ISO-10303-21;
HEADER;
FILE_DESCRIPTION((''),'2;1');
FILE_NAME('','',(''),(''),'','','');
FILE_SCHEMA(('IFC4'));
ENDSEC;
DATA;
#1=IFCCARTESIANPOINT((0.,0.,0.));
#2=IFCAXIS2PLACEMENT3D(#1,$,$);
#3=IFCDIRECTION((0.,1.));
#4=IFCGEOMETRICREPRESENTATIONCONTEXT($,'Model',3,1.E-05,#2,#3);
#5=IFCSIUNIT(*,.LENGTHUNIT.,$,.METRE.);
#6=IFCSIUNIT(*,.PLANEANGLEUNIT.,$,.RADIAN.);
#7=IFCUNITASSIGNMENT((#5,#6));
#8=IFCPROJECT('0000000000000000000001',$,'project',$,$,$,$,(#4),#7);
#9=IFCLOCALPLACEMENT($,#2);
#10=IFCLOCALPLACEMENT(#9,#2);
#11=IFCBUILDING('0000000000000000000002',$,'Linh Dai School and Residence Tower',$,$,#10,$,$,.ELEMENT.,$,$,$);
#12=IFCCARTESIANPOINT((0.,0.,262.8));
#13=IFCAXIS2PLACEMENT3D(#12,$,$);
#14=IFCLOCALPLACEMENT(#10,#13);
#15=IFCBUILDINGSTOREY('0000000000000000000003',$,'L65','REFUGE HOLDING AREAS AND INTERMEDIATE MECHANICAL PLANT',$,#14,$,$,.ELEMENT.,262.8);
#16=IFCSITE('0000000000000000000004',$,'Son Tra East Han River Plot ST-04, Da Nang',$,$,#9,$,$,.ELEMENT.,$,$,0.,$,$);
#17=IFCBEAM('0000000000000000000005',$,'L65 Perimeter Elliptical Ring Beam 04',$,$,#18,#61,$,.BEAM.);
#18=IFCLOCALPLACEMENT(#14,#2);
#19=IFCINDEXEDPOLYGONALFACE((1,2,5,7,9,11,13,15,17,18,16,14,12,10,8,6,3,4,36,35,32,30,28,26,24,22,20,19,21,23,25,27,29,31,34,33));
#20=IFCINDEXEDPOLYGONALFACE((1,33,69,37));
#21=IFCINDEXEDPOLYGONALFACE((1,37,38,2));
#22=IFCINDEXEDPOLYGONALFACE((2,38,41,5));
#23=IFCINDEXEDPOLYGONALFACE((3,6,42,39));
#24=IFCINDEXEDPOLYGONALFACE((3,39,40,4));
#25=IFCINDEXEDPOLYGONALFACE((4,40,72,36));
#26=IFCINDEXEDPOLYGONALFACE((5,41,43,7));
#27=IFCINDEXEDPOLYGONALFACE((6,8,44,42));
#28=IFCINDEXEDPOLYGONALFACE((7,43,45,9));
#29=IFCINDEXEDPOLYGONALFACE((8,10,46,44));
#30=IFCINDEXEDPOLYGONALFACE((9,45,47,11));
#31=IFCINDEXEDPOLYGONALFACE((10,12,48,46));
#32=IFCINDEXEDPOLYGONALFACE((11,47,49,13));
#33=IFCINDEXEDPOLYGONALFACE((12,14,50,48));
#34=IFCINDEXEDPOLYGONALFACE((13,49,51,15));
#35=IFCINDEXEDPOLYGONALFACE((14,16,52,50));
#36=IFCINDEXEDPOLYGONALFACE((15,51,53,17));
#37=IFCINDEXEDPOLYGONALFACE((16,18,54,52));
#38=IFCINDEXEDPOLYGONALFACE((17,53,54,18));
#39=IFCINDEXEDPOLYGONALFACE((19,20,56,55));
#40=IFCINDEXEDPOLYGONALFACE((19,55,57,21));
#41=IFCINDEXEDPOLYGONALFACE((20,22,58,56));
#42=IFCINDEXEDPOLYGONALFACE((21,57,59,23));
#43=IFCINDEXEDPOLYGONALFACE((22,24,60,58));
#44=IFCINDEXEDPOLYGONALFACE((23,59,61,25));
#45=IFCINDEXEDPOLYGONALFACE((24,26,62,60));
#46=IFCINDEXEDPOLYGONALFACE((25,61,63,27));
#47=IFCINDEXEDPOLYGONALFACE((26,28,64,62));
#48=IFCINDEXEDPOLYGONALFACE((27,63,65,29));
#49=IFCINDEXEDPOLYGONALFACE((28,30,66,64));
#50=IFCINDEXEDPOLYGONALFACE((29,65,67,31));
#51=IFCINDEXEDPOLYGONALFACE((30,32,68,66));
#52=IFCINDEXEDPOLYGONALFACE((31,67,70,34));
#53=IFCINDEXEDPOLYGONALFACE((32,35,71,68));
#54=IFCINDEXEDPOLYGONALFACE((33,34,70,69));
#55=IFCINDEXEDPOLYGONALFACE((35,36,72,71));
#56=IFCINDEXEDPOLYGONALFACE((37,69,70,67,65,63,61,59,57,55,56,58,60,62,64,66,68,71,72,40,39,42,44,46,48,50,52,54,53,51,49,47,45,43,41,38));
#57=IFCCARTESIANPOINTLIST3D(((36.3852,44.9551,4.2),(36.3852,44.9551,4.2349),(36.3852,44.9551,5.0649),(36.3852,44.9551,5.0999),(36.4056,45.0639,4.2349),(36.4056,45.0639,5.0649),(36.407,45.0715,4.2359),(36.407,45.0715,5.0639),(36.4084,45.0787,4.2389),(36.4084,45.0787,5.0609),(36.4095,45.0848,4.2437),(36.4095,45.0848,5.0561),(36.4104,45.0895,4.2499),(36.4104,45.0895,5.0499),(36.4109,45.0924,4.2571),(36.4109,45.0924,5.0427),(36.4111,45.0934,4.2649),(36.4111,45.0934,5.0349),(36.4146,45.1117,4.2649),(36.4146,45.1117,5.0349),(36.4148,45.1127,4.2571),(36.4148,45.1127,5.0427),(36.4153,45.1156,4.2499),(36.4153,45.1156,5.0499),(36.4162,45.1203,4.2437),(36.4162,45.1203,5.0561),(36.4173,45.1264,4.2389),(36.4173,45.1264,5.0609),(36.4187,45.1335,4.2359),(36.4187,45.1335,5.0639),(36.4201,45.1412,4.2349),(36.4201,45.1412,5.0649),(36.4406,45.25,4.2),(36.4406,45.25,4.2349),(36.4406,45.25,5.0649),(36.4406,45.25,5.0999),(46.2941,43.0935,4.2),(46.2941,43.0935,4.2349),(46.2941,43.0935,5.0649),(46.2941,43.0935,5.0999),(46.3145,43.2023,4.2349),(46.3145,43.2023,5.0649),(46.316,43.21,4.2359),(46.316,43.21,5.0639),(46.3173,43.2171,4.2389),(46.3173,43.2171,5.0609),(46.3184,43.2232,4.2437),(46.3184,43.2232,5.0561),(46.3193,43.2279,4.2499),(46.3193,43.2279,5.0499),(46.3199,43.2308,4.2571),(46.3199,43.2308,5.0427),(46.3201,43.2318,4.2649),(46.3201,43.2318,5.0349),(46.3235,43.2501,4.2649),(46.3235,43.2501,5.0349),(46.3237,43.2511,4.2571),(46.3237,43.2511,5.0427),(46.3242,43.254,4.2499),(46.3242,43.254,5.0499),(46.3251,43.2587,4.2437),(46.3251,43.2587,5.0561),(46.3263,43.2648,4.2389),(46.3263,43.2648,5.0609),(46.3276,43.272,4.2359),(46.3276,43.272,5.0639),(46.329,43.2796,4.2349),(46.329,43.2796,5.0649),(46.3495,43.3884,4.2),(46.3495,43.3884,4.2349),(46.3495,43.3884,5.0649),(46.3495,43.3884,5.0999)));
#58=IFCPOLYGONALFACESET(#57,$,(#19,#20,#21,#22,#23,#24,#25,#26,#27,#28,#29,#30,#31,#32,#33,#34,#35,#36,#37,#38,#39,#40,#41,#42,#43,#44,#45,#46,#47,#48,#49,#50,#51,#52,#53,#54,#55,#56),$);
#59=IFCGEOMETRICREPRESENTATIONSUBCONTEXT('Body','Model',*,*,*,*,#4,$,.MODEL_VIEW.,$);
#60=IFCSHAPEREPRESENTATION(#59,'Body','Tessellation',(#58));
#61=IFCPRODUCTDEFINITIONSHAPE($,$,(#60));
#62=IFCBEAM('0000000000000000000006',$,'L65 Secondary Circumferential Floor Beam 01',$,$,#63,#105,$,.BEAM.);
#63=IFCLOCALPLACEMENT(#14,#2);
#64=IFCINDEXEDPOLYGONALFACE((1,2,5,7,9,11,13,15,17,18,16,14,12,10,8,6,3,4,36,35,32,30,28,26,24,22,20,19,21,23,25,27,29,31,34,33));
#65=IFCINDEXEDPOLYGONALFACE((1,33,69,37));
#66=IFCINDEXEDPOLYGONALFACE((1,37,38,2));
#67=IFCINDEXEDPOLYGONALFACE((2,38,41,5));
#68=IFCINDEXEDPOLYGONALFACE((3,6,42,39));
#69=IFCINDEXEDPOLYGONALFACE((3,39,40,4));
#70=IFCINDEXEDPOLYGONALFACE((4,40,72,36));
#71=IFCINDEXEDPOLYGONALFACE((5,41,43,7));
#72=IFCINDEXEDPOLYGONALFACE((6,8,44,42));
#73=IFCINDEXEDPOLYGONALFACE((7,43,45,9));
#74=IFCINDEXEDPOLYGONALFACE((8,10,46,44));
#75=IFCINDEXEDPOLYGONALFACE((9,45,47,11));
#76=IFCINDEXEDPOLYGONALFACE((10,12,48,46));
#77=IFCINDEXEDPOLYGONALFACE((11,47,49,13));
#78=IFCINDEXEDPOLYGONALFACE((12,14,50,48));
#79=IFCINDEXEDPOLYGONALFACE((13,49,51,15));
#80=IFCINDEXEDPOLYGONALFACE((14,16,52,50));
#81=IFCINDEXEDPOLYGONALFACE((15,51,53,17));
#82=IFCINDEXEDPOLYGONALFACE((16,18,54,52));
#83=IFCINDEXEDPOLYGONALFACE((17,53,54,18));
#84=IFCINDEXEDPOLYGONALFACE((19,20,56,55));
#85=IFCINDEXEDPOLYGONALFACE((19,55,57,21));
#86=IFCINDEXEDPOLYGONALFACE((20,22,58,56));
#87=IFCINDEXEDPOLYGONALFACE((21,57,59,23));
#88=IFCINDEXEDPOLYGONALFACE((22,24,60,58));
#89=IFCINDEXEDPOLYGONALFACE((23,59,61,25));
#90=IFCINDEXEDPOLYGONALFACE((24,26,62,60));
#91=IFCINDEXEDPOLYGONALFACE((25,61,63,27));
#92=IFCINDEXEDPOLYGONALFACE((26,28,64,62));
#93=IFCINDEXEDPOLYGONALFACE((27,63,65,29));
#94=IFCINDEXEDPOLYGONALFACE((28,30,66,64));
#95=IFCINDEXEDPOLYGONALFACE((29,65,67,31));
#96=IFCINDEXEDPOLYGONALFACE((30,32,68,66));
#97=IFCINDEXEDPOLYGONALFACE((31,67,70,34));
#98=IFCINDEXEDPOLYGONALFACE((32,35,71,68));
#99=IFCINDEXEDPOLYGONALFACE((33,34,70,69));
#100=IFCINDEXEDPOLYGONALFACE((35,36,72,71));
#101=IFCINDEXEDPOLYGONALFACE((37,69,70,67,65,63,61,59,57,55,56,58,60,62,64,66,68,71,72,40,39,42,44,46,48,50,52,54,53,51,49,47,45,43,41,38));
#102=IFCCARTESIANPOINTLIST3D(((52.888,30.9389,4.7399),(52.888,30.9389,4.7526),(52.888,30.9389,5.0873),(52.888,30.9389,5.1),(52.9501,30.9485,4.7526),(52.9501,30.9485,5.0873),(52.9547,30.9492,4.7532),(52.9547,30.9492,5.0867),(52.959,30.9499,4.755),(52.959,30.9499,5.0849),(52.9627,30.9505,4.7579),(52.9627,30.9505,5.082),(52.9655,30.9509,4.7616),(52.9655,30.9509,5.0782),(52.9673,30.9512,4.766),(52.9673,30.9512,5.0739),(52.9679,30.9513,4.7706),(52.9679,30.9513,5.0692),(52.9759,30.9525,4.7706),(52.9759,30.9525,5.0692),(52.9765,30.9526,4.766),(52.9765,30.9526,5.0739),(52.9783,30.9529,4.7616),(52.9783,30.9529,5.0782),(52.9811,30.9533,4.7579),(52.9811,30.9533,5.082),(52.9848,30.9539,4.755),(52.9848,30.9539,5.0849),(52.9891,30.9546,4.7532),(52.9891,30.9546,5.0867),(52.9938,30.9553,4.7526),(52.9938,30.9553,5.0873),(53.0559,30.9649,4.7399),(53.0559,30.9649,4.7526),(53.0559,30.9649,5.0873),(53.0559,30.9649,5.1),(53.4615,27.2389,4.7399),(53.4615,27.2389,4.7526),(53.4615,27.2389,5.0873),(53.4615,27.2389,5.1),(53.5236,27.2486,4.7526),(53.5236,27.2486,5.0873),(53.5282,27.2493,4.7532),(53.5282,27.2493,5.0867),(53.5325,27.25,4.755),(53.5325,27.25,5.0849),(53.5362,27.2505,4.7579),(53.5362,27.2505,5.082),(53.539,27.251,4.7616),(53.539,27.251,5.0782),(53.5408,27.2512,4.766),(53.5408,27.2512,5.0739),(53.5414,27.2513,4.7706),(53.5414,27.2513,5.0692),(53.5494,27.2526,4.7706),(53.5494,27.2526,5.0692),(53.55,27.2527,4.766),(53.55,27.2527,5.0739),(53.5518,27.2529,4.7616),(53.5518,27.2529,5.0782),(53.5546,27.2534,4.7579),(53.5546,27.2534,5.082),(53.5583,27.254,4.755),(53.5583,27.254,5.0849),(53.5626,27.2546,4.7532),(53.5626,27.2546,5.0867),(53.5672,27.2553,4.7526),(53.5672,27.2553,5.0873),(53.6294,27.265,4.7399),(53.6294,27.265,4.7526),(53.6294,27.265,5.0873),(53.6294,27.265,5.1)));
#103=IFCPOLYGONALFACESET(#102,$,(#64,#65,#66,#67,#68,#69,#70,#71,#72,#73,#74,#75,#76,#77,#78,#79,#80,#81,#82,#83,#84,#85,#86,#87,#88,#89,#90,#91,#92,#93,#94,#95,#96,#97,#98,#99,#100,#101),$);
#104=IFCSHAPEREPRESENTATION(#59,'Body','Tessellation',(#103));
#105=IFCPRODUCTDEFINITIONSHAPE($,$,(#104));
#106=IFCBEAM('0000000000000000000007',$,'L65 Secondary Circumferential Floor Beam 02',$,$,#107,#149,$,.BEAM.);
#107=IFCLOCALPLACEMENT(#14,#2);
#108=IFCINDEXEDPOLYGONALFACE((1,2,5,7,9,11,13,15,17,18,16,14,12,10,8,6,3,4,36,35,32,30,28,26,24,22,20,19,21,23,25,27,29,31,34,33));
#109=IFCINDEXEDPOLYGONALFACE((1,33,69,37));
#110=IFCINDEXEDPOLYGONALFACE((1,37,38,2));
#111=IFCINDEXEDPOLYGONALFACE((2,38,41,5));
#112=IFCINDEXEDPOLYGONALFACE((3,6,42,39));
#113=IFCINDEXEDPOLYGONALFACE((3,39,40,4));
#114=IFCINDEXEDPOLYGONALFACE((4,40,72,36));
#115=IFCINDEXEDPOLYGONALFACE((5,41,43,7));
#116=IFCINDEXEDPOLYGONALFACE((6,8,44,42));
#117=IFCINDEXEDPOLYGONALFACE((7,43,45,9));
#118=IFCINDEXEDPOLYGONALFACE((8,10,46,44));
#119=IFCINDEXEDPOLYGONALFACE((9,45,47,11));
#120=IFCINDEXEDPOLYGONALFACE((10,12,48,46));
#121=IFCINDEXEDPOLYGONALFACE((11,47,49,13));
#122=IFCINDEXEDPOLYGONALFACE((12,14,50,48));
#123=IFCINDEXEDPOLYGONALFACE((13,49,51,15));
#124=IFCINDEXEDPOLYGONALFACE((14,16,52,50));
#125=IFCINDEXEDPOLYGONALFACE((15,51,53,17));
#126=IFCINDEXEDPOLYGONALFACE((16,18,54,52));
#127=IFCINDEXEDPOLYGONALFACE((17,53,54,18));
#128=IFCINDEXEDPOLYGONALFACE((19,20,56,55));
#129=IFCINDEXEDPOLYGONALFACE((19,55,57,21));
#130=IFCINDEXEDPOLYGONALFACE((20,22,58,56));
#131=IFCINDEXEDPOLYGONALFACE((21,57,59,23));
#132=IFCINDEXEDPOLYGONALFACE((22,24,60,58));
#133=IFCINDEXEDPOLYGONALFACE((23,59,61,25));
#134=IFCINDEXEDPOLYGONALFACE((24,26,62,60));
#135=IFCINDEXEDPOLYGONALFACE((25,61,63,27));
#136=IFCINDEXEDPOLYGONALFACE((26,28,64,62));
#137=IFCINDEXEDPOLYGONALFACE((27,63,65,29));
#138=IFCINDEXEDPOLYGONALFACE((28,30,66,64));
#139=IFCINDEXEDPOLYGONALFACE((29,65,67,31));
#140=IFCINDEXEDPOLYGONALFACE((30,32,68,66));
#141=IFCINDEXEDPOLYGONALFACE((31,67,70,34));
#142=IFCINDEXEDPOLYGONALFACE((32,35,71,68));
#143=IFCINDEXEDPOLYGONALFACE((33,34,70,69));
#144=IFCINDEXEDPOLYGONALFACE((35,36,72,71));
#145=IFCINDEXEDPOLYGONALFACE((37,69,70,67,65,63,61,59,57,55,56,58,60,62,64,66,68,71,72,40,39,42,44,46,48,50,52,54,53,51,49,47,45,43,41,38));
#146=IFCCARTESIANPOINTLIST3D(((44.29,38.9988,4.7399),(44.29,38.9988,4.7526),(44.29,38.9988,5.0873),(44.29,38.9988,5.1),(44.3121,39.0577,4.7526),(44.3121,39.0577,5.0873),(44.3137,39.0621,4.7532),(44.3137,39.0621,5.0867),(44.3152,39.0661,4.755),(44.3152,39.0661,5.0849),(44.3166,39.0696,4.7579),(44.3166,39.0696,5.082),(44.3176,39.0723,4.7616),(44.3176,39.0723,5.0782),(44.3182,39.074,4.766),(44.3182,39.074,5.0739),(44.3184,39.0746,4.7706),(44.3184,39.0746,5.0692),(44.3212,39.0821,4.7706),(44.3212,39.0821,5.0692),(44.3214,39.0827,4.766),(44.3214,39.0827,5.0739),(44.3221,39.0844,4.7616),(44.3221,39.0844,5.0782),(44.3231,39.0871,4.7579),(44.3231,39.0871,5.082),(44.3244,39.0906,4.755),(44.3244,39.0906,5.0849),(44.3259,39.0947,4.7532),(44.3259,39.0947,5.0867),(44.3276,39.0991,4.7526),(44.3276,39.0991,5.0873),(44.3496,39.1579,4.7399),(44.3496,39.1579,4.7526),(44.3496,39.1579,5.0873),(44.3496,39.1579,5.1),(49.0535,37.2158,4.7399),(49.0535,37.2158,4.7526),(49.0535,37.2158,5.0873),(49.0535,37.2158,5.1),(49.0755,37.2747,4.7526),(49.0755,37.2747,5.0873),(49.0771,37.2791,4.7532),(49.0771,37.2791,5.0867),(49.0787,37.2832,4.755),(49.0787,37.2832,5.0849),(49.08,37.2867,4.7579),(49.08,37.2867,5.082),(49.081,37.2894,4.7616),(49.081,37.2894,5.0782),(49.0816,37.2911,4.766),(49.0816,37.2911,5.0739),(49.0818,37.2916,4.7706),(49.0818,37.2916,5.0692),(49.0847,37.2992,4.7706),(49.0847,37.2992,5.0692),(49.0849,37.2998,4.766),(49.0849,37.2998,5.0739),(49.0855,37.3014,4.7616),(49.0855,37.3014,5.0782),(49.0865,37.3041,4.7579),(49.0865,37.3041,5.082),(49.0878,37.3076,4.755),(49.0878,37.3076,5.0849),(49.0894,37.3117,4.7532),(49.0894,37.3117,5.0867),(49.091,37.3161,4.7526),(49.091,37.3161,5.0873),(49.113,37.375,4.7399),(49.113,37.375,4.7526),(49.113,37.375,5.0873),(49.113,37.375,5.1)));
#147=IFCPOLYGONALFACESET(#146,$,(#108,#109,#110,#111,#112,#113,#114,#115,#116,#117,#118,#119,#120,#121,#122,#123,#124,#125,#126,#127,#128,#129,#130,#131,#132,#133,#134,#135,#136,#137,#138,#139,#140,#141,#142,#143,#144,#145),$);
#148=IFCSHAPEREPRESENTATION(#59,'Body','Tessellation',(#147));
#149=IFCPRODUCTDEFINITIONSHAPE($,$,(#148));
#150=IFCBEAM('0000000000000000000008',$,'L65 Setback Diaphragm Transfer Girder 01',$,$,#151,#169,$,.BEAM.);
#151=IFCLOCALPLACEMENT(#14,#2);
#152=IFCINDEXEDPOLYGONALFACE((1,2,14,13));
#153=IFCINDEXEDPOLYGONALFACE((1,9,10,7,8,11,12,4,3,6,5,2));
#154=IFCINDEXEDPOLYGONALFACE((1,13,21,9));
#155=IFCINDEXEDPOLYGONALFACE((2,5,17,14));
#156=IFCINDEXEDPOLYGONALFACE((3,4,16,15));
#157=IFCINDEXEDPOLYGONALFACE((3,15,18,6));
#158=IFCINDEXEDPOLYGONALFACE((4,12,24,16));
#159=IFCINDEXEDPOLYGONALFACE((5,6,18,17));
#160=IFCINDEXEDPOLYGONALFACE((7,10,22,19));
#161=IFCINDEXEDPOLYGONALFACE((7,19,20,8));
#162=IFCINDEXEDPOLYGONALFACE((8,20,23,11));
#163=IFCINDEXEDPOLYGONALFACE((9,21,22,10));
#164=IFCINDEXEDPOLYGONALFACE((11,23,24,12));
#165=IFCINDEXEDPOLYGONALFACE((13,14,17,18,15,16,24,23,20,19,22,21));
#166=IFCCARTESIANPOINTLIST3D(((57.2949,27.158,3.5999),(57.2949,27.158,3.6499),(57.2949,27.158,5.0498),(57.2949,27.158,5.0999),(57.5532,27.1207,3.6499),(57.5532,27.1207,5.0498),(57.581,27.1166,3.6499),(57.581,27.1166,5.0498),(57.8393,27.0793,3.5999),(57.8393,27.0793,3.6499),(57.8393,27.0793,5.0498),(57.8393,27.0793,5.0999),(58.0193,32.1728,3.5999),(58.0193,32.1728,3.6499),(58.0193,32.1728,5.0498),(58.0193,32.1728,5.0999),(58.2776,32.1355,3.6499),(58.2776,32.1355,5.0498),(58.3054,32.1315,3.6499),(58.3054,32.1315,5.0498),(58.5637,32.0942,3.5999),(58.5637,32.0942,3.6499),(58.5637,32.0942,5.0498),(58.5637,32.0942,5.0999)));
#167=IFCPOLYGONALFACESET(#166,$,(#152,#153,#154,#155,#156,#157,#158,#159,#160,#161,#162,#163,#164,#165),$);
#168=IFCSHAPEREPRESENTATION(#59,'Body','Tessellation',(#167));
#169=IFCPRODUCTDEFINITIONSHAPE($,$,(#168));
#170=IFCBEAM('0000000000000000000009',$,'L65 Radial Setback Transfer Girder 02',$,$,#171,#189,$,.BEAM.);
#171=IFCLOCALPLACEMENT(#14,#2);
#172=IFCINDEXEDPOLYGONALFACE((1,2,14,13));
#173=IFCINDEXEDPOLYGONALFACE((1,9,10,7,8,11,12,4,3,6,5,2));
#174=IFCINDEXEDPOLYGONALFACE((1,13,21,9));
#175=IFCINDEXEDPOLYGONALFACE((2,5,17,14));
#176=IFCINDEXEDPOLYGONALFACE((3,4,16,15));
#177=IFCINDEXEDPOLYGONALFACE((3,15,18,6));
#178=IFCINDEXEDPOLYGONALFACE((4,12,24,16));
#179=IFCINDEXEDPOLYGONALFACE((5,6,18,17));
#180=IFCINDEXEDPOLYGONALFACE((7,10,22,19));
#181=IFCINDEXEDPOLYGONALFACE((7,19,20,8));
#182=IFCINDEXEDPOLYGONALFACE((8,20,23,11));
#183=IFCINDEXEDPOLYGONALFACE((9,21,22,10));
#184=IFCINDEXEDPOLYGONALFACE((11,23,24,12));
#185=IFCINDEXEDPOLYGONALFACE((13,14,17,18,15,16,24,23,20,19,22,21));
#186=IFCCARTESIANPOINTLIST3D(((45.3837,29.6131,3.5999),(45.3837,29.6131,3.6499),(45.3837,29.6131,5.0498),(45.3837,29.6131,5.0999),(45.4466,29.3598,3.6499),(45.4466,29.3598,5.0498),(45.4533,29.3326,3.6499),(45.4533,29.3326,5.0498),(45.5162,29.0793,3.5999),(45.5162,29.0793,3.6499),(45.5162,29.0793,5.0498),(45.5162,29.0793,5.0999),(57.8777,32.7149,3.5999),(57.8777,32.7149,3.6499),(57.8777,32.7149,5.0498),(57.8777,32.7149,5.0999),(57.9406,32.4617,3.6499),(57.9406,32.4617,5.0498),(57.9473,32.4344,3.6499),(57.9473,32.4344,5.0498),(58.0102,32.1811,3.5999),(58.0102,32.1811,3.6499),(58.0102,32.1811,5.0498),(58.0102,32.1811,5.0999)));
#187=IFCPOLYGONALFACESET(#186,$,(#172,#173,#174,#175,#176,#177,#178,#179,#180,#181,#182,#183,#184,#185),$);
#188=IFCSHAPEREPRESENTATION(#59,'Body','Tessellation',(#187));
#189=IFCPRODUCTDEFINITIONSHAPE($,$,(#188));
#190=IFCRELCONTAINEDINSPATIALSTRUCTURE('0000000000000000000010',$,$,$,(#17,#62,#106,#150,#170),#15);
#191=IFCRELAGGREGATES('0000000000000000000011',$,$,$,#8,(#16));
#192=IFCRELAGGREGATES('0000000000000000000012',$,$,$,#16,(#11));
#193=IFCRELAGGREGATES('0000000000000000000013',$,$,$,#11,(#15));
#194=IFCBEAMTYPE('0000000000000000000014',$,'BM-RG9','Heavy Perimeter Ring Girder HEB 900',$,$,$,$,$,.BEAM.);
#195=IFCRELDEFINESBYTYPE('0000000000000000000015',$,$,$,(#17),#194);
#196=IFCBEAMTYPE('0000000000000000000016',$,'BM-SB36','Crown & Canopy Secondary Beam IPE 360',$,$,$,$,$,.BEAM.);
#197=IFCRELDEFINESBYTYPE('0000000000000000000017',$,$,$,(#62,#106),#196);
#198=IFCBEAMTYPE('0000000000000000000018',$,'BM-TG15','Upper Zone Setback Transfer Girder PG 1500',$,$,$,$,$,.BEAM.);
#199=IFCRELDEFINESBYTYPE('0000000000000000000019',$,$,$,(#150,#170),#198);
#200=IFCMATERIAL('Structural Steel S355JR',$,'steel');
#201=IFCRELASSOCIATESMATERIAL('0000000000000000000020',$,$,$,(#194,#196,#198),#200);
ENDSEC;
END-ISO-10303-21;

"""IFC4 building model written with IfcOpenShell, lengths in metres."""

from ifc_helpers import new_model, si_unit, direction, frame, origin, origin_2d, place, context, subcontext, project, spatial, i_section, extrude, material, material_profile, profile_set, type_object, element, save


model = new_model("IFC4")

# Units and contexts
model_context = context("Model", 3, precision=1e-05, world=origin(), true_north=direction((0.0, 1.0)))
body_context = subcontext(model_context, "Body", "Model", "MODEL_VIEW")
ifc_project = project(units=[si_unit("LENGTHUNIT", "METRE"), si_unit("PLANEANGLEUNIT", "RADIAN")], contexts=[model_context])

# Site, building, storey
site_placement = place(None, origin())
site = spatial("IfcSite", under=ifc_project, at=site_placement, Name="Son Tra East Han River Plot ST-04, Da Nang", CompositionType="ELEMENT", RefElevation=0.0)
building_placement = place(site_placement, origin())
building = spatial("IfcBuilding", under=site, at=building_placement, Name="Linh Dai School and Residence Tower", CompositionType="ELEMENT")
storey_placement = place(building_placement, frame((0.0, 0.0, 262.8)))
storey = spatial("IfcBuildingStorey", under=building, at=storey_placement, Name="L65", Description="REFUGE HOLDING AREAS AND INTERMEDIATE MECHANICAL PLANT", CompositionType="ELEMENT", Elevation=262.8)

# Shared definitions
ifc_material_1 = material(Name="Structural Steel S355JR", Category="steel")

# Beams
ifc_material_profile_1 = material_profile(ifc_material_1, i_section(OverallWidth=0.3, OverallDepth=0.8999, WebThickness=0.0186, FlangeThickness=0.0349, FilletRadius=0.03, at=origin_2d()), Name="HEB 900")
ifc_profile_set_1 = profile_set([ifc_material_profile_1], Name="Structural Steel S355JR")
beam_type_1 = type_object("IfcBeamType", Name="BM-RG9", Description="Heavy Perimeter Ring Girder HEB 900", PredefinedType="BEAM", material=ifc_profile_set_1)
beam_1_placement = place(storey_placement, frame((46.3218, 43.241, 4.6499), z_axis=(-0.982807, 0.184638, 0.0), x_axis=(-0.184638, -0.982807, 0.0)))
element("IfcBeam", 1, at=beam_1_placement, inside=storey, type_object=beam_type_1, Name="L65 Perimeter Elliptical Ring Beam 04", PredefinedType="BEAM", context=body_context, shape_type="SweptSolid", body=[
    extrude(i_section(OverallWidth=0.3, OverallDepth=0.8999, WebThickness=0.0186, FlangeThickness=0.0349, FilletRadius=0.03, at=origin_2d()), origin(), (0.0, 0.0, 1.0), 10.0823),
])
ifc_material_profile_2 = material_profile(ifc_material_1, i_section(OverallWidth=0.1699, OverallDepth=0.3601, WebThickness=0.0081, FlangeThickness=0.0127, FilletRadius=0.0181, at=origin_2d()), Name="IPE 360")
ifc_profile_set_2 = profile_set([ifc_material_profile_2], Name="Structural Steel S355JR")
beam_type_2 = type_object("IfcBeamType", Name="BM-SB36", Description="Crown & Canopy Secondary Beam IPE 360", PredefinedType="BEAM", material=ifc_profile_set_2)
beam_2_placement = place(storey_placement, frame((53.5454, 27.252, 4.9199), z_axis=(-0.153169, 0.9882, 0.0), x_axis=(-0.9882, -0.153169, 0.0)))
element("IfcBeam", 2, at=beam_2_placement, inside=storey, type_object=beam_type_2, Name="L65 Secondary Circumferential Floor Beam 01", PredefinedType="BEAM", context=body_context, shape_type="SweptSolid", body=[
    extrude(i_section(OverallWidth=0.1699, OverallDepth=0.3601, WebThickness=0.0081, FlangeThickness=0.0127, FilletRadius=0.0181, at=origin_2d()), origin(), (0.0, 0.0, 1.0), 3.7441),
])
beam_3_placement = place(storey_placement, frame((49.0833, 37.2954, 4.9199), z_axis=(-0.936544, 0.35055, 0.0), x_axis=(-0.35055, -0.936544, 0.0)))
element("IfcBeam", 3, at=beam_3_placement, inside=storey, type_object=beam_type_2, Name="L65 Secondary Circumferential Floor Beam 02", PredefinedType="BEAM", context=body_context, shape_type="SweptSolid", body=[
    extrude(i_section(OverallWidth=0.1699, OverallDepth=0.3601, WebThickness=0.0081, FlangeThickness=0.0127, FilletRadius=0.0181, at=origin_2d()), origin(), (0.0, 0.0, 1.0), 5.0862),
])
ifc_material_profile_3 = material_profile(ifc_material_1, i_section(OverallWidth=0.55, OverallDepth=1.5, WebThickness=0.0281, FlangeThickness=0.05, at=origin_2d()), Name="PG 1500x550x28x50")
ifc_profile_set_3 = profile_set([ifc_material_profile_3], Name="Structural Steel S355JR")
beam_type_3 = type_object("IfcBeamType", Name="BM-TG15", Description="Upper Zone Setback Transfer Girder PG 1500", PredefinedType="BEAM", material=ifc_profile_set_3)
beam_4_placement = place(storey_placement, frame((57.5671, 27.1187, 4.3499), z_axis=(0.142959, 0.989729, 0.0), x_axis=(-0.989729, 0.142959, 0.0)))
element("IfcBeam", 4, at=beam_4_placement, inside=storey, type_object=beam_type_3, Name="L65 Setback Diaphragm Transfer Girder 01", PredefinedType="BEAM", context=body_context, shape_type="SweptSolid", body=[
    extrude(i_section(OverallWidth=0.55, OverallDepth=1.5, WebThickness=0.0281, FlangeThickness=0.05, at=origin_2d()), origin(), (0.0, 0.0, 1.0), 5.0669),
])
beam_5_placement = place(storey_placement, frame((45.45, 29.3462, 4.3499), z_axis=(0.970537, 0.240951, 0.0), x_axis=(-0.240951, 0.970537, 0.0)))
element("IfcBeam", 5, at=beam_5_placement, inside=storey, type_object=beam_type_3, Name="L65 Radial Setback Transfer Girder 02", PredefinedType="BEAM", context=body_context, shape_type="SweptSolid", body=[
    extrude(i_section(OverallWidth=0.55, OverallDepth=1.5, WebThickness=0.0281, FlangeThickness=0.05, at=origin_2d()), origin(), (0.0, 0.0, 1.0), 12.8733),
])

save(model, "model.ifc")
